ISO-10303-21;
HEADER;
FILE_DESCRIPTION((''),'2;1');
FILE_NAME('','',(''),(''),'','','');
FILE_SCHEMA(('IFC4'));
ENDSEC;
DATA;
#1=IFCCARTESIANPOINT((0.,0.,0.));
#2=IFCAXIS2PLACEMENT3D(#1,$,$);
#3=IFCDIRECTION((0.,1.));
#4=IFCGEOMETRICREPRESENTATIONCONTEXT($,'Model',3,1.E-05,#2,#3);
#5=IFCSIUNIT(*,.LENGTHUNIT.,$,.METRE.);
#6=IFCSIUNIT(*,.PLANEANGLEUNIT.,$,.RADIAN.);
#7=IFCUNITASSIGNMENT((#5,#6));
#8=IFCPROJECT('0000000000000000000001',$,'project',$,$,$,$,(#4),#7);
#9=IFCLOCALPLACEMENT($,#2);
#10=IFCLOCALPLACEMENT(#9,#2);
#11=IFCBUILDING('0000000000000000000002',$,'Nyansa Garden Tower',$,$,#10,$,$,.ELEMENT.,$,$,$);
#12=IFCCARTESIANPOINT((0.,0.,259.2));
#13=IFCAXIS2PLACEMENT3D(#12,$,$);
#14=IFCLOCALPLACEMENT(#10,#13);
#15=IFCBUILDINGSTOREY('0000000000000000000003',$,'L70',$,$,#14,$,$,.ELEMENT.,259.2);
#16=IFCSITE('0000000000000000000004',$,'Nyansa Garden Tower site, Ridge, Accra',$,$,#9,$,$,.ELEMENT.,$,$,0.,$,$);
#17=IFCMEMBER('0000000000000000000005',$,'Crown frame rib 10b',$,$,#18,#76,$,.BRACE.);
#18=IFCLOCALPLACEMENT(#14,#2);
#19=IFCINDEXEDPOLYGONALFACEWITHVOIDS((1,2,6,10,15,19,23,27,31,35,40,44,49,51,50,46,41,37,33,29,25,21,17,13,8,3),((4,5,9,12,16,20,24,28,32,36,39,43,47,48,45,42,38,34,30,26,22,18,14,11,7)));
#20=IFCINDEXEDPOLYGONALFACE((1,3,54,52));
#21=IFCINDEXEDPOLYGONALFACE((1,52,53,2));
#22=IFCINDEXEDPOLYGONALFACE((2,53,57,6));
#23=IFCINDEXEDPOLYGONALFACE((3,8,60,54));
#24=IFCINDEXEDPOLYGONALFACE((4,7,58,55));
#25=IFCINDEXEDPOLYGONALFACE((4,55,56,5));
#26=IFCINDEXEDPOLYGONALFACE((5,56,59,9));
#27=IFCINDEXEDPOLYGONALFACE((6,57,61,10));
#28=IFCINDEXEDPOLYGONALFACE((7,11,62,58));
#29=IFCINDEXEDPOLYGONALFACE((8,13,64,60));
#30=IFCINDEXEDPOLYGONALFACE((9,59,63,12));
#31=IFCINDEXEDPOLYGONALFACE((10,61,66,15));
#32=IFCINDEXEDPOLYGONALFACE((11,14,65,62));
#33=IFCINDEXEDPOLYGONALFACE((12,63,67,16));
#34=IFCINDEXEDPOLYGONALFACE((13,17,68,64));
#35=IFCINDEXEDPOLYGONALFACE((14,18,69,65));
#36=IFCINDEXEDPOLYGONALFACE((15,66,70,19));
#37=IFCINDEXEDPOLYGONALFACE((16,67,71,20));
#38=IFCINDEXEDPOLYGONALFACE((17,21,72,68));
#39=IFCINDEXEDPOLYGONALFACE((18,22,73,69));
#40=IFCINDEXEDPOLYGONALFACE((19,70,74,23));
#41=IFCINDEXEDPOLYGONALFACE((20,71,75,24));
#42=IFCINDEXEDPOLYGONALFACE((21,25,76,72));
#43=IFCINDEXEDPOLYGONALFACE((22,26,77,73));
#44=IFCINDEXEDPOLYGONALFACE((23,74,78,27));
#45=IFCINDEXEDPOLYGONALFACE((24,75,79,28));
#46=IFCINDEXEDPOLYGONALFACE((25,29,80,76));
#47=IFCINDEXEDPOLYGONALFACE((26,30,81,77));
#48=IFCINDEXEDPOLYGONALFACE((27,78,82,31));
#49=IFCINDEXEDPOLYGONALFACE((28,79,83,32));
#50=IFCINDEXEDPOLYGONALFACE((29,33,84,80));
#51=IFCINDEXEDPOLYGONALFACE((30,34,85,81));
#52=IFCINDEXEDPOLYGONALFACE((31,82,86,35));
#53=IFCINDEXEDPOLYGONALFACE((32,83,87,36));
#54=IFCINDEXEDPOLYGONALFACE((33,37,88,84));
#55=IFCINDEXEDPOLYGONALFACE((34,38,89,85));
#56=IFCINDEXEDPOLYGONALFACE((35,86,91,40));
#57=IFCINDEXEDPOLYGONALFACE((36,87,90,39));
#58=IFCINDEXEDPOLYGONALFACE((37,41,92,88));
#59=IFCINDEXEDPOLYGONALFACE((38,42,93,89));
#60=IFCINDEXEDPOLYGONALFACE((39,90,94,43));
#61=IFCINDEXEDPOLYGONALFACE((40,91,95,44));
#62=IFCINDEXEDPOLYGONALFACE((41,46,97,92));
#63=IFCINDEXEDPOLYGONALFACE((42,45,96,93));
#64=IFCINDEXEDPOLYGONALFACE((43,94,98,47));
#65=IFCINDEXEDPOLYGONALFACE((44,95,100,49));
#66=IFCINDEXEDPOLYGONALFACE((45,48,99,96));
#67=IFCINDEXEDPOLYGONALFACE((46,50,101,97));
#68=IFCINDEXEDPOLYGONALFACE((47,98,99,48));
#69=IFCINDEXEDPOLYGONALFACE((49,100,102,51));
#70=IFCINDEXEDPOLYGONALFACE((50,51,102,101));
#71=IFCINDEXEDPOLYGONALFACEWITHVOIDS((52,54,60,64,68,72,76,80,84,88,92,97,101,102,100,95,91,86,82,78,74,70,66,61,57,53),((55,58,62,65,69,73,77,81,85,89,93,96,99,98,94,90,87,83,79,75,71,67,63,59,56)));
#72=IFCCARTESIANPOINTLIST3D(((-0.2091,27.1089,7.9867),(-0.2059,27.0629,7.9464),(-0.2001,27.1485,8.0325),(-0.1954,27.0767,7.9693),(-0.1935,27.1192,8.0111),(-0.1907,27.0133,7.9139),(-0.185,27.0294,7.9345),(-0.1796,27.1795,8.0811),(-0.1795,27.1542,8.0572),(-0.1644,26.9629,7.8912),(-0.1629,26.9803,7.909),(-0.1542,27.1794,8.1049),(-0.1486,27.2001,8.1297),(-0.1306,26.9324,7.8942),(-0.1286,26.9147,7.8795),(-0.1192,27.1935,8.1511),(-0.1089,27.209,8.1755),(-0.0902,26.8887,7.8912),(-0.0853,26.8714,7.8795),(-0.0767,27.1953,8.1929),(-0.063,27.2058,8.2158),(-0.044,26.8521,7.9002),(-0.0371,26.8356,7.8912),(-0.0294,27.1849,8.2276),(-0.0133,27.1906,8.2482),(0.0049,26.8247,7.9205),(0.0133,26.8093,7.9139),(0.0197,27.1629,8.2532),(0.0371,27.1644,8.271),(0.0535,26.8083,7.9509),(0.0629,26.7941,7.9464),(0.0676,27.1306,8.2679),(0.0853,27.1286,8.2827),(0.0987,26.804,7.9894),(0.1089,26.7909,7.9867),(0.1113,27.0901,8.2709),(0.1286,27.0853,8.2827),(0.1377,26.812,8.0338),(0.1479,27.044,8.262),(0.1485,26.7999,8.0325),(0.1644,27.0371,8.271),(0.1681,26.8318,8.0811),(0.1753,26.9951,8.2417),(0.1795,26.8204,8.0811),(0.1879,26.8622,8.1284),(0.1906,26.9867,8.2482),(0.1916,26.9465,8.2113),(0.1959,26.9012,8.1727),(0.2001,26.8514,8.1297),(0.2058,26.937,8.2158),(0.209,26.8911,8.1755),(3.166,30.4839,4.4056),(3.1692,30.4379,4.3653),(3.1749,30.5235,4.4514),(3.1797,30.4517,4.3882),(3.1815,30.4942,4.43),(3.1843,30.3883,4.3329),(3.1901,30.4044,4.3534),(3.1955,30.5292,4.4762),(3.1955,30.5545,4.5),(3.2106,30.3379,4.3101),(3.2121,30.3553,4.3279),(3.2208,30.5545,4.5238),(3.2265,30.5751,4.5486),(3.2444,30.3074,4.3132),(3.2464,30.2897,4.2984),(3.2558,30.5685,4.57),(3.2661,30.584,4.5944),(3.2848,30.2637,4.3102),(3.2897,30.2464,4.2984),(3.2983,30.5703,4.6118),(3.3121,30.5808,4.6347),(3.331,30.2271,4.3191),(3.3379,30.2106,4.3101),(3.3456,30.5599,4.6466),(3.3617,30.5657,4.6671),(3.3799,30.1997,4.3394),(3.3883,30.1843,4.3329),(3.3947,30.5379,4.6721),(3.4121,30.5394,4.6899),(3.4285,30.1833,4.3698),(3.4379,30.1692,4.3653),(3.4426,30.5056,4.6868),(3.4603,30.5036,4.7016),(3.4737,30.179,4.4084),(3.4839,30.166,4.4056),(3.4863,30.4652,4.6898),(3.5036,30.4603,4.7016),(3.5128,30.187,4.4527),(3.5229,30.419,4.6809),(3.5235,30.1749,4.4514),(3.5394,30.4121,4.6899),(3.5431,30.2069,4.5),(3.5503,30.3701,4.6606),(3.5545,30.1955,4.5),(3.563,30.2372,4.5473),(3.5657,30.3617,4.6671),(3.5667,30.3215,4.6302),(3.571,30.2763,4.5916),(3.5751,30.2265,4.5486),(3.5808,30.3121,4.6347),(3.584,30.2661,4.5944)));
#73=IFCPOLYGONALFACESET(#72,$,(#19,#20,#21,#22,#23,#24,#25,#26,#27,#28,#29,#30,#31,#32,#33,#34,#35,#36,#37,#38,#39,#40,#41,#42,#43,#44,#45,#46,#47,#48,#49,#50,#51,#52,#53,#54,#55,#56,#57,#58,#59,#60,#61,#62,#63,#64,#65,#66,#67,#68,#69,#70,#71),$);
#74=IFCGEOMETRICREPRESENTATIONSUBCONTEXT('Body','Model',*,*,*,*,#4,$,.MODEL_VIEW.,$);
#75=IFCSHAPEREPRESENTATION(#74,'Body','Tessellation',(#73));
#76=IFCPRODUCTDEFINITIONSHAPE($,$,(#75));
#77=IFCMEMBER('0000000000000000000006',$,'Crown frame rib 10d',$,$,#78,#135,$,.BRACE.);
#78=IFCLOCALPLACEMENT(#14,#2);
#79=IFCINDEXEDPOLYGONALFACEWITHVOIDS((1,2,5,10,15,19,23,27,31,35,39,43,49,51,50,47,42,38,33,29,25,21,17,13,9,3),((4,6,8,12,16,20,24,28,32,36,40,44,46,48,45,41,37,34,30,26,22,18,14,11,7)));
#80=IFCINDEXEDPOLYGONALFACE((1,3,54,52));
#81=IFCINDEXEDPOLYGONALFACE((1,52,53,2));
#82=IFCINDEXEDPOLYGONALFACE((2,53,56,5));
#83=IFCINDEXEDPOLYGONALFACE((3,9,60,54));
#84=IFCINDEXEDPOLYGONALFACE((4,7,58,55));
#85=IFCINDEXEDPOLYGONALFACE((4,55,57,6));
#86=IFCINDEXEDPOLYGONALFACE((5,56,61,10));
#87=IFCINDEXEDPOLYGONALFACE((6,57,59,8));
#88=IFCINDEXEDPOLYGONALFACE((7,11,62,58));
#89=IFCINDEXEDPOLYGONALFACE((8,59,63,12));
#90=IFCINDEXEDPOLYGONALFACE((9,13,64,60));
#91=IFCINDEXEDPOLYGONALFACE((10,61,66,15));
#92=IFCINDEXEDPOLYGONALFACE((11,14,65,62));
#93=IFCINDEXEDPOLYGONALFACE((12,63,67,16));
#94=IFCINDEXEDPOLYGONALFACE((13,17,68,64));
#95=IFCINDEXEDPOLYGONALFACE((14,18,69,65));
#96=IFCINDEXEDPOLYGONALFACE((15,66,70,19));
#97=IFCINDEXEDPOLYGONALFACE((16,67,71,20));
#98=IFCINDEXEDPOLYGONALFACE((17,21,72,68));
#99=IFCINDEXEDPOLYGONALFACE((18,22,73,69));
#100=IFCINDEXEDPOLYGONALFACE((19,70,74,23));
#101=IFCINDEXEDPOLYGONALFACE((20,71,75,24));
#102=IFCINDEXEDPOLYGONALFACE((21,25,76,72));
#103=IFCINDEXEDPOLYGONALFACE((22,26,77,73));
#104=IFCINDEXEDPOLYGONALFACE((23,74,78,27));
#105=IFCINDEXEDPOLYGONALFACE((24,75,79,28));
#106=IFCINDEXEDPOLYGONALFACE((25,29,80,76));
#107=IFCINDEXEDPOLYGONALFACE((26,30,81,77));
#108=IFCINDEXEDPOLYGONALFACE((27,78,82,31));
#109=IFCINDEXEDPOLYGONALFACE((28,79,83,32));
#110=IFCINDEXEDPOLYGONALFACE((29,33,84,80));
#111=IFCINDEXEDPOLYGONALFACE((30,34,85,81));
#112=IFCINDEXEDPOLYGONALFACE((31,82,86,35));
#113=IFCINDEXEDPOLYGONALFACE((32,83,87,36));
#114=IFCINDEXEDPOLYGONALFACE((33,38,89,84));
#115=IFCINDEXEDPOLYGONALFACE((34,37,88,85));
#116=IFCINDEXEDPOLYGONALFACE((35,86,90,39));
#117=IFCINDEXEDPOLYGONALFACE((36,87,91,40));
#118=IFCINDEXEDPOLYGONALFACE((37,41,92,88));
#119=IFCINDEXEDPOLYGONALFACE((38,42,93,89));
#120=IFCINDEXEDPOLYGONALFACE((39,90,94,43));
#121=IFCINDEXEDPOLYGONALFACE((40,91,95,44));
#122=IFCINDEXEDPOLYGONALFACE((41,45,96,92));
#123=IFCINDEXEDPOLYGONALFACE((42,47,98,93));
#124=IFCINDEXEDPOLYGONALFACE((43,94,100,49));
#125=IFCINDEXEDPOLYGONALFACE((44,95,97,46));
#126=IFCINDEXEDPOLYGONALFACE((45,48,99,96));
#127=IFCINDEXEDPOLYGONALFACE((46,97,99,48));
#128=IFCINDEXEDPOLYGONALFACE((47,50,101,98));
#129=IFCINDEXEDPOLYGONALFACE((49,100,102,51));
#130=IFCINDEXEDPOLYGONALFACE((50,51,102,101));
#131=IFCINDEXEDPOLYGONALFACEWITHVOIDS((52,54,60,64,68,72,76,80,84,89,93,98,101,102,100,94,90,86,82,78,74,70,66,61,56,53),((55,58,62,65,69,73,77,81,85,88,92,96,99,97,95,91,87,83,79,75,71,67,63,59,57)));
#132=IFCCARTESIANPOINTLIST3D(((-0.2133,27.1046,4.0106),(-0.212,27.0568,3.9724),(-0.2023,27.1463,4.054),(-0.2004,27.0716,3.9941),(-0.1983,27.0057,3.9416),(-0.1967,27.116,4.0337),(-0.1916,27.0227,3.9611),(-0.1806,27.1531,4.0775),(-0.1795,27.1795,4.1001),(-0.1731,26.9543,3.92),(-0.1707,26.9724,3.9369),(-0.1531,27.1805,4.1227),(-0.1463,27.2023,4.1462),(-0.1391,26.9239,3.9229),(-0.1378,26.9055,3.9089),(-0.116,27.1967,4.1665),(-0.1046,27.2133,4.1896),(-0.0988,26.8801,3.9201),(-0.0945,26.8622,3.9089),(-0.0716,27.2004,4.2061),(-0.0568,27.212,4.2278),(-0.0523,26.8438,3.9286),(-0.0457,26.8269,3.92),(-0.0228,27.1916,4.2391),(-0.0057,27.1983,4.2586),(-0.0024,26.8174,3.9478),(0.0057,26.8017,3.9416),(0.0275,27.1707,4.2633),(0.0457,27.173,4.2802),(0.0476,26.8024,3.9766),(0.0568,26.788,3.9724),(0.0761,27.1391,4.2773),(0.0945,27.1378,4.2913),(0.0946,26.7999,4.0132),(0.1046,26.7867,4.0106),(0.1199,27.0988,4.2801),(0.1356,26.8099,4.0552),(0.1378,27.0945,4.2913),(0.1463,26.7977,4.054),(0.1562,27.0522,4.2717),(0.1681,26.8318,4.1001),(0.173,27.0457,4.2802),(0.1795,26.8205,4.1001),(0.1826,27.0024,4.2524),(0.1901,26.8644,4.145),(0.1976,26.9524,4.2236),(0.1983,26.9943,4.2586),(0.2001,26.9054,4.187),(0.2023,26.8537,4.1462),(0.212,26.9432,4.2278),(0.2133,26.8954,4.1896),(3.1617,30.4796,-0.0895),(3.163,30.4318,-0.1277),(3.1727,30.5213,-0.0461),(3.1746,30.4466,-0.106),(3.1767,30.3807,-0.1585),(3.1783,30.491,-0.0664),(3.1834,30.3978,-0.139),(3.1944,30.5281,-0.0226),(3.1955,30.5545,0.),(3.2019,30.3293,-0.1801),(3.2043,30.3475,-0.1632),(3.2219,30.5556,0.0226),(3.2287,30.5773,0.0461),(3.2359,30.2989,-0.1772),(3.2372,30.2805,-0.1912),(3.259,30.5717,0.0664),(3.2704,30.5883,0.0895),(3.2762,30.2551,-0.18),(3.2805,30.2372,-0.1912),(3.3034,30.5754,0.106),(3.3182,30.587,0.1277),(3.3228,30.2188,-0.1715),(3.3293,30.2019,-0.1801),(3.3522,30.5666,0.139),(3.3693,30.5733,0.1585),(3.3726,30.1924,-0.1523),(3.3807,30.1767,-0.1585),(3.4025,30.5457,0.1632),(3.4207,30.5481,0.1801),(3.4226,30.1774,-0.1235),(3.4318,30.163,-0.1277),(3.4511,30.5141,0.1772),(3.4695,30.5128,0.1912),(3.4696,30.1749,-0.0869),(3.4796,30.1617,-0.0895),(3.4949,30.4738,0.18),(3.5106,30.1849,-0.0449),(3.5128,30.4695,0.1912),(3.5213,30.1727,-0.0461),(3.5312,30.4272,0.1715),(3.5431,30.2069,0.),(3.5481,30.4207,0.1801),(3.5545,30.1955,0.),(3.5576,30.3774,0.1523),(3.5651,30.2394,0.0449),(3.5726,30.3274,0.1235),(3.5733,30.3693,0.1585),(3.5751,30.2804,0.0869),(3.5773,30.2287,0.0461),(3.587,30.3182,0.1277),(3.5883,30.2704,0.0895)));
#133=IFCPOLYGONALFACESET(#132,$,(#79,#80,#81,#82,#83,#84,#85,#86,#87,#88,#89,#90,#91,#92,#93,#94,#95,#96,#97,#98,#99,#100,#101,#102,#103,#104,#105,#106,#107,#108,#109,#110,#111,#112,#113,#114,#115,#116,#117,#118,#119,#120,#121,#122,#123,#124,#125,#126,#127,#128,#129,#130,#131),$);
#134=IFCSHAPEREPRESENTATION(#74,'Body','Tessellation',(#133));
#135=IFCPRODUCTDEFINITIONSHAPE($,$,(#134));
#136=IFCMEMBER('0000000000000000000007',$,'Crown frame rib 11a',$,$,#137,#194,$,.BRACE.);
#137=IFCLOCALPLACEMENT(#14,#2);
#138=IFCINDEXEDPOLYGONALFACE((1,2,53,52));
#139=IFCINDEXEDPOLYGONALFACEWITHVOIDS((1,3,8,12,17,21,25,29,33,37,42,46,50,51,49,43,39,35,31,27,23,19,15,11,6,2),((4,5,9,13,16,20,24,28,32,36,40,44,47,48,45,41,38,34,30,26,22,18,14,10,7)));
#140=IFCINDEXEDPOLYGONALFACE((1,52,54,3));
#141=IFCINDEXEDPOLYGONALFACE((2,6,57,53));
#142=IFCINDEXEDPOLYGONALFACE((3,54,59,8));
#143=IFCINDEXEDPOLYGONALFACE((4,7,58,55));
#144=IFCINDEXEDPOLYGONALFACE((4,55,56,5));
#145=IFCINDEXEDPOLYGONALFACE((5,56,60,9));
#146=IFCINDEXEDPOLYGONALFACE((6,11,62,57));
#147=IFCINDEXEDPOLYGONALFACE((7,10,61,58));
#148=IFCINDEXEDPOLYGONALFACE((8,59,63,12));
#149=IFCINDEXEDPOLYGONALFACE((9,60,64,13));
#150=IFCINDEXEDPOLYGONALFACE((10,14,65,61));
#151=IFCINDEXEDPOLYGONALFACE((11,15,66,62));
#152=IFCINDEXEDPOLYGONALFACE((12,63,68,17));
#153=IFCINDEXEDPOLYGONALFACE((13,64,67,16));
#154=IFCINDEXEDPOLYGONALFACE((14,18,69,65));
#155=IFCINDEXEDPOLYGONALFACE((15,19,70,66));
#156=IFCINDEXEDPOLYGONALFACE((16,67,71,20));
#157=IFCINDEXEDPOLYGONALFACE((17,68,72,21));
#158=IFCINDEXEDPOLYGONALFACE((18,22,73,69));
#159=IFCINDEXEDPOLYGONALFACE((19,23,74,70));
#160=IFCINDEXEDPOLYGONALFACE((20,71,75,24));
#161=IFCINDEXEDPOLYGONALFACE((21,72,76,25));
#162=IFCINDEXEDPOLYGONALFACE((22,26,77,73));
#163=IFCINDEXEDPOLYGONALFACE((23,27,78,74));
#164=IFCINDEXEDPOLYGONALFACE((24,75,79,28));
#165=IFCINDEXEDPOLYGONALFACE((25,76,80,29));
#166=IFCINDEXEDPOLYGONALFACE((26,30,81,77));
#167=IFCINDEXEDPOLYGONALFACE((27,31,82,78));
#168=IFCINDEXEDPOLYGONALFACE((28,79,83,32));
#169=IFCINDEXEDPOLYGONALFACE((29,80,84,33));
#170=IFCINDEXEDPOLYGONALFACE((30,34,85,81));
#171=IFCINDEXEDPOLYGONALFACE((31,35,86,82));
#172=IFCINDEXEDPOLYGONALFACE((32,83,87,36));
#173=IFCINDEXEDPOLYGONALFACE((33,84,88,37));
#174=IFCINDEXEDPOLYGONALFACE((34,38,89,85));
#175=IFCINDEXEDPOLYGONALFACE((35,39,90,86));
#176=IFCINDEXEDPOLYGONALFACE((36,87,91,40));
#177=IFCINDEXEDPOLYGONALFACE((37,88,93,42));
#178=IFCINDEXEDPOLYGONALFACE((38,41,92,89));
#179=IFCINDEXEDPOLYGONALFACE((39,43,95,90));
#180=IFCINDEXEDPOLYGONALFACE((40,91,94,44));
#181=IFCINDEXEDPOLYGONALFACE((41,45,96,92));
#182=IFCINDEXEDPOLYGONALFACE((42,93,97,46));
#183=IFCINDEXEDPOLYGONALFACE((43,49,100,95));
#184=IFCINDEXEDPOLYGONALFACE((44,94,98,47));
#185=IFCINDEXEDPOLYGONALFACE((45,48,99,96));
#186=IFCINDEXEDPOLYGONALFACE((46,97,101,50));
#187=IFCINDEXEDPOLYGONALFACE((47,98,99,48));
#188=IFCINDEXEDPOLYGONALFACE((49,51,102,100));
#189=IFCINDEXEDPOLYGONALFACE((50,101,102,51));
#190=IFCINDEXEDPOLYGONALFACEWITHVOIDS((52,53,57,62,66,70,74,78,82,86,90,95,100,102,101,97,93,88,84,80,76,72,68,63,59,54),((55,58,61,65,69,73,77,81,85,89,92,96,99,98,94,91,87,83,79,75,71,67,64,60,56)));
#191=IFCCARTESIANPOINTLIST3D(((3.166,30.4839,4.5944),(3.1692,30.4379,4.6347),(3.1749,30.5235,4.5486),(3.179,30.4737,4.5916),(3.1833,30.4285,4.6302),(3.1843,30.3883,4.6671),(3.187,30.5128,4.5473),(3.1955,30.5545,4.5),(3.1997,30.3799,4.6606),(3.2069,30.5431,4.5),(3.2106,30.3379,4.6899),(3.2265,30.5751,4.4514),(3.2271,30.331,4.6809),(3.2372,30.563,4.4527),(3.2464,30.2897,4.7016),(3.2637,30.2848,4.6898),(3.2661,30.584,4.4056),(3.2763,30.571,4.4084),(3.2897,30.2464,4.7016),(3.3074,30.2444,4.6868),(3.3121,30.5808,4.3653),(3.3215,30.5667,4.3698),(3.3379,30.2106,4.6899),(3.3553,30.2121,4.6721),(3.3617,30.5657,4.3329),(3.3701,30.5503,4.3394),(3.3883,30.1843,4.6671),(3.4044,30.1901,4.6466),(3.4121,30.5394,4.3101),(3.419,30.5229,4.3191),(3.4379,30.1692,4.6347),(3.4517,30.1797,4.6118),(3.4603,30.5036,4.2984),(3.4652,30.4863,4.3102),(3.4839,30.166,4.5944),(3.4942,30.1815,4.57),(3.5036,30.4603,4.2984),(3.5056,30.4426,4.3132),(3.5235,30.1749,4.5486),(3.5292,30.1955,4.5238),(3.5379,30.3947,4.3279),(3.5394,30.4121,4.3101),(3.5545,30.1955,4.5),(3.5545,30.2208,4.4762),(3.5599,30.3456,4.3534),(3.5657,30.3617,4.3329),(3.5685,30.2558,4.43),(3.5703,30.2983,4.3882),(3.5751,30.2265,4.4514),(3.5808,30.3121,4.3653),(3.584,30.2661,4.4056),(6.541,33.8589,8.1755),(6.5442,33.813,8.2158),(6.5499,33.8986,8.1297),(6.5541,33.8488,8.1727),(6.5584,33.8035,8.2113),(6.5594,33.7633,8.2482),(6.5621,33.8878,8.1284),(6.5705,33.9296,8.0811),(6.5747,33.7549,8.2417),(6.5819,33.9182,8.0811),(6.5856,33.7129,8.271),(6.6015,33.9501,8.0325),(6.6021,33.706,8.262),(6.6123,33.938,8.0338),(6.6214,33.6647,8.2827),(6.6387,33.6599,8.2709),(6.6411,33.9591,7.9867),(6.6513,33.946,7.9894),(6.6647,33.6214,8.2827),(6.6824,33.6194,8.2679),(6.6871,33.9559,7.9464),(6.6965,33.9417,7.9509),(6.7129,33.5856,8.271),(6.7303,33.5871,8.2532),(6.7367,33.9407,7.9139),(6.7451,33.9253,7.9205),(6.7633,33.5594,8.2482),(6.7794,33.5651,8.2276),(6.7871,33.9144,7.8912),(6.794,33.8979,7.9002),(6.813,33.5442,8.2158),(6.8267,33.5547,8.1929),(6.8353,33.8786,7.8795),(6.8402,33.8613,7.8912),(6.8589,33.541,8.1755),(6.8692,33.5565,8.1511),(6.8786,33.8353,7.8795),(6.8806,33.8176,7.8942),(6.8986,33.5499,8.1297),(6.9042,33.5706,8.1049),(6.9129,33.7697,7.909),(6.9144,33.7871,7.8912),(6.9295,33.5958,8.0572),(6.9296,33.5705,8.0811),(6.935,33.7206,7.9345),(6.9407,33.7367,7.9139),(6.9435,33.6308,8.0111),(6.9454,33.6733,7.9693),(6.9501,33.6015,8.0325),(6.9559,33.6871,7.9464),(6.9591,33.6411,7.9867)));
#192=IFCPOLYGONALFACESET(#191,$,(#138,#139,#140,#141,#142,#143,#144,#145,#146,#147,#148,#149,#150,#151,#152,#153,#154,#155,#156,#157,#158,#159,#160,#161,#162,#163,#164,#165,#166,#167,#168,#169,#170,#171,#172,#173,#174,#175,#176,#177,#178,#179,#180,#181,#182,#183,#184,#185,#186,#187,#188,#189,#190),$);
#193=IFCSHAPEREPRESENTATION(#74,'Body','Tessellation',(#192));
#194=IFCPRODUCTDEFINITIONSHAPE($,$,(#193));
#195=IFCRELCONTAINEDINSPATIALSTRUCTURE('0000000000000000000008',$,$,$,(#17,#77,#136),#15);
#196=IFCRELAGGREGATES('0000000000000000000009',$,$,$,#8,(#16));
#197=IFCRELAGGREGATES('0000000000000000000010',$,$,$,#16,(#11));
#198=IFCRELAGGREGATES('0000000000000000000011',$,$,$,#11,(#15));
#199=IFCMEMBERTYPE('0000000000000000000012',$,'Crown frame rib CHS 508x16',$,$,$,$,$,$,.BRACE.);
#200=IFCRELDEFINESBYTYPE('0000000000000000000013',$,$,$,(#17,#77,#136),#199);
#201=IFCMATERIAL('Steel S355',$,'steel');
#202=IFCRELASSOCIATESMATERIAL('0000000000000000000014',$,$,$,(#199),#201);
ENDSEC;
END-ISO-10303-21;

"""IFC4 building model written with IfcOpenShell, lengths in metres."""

from ifc_helpers import new_model, si_unit, direction, frame, origin, origin_2d, place, context, subcontext, project, spatial, hollow_circle, extrude, material, material_profile, profile_set, type_object, element, save


model = new_model("IFC4")

# Units and contexts
model_context = context("Model", 3, precision=1e-05, world=origin(), true_north=direction((0.0, 1.0)))
body_context = subcontext(model_context, "Body", "Model", "MODEL_VIEW")
ifc_project = project(units=[si_unit("LENGTHUNIT", "METRE"), si_unit("PLANEANGLEUNIT", "RADIAN")], contexts=[model_context])

# Site, building, storey
site_placement = place(None, origin())
site = spatial("IfcSite", under=ifc_project, at=site_placement, Name="Nyansa Garden Tower site, Ridge, Accra", CompositionType="ELEMENT", RefElevation=0.0)
building_placement = place(site_placement, origin())
building = spatial("IfcBuilding", under=site, at=building_placement, Name="Nyansa Garden Tower", CompositionType="ELEMENT")
storey_placement = place(building_placement, frame((0.0, 0.0, 259.2)))
storey = spatial("IfcBuildingStorey", under=building, at=storey_placement, Name="L70", CompositionType="ELEMENT", Elevation=259.2)

# Members
ifc_material_1 = material(Name="Steel S355", Category="steel")
ifc_material_profile_1 = material_profile(ifc_material_1, hollow_circle(Radius=0.2539, WallThickness=0.0161, at=origin_2d()), Name="CHS 508x16")
ifc_profile_set_1 = profile_set([ifc_material_profile_1], Name="Steel S355")
member_type = type_object("IfcMemberType", Name="Crown frame rib CHS 508x16", PredefinedType="BRACE", material=ifc_profile_set_1)
member_1_placement = place(storey_placement, frame((3.375, 30.375, 4.5), z_axis=(-0.56561, -0.56561, 0.600142), x_axis=(0.707107, -0.707107, 0.0)))
element("IfcMember", 1, at=member_1_placement, inside=storey, type_object=member_type, Name="Crown frame rib 10b", PredefinedType="BRACE", context=body_context, shape_type="SweptSolid", body=[
    extrude(hollow_circle(Radius=0.2539, WallThickness=0.0161, at=origin_2d()), origin(), (0.0, 0.0, 1.0), 5.967),
])
member_2_placement = place(storey_placement, frame((3.375, 30.375, 0.0), z_axis=(-0.536377, -0.536377, 0.651614), x_axis=(0.707107, -0.707107, 0.0)))
element("IfcMember", 2, at=member_2_placement, inside=storey, type_object=member_type, Name="Crown frame rib 10d", PredefinedType="BRACE", context=body_context, shape_type="SweptSolid", body=[
    extrude(hollow_circle(Radius=0.2539, WallThickness=0.0161, at=origin_2d()), origin(), (0.0, 0.0, 1.0), 6.2922),
])
for number, where, z_axis, x_axis, name in (
    (3, (3.375, 30.375, 4.5), (0.56561, 0.56561, 0.600142), (-0.707107, 0.707107, 0.0), "Crown frame rib 11a"),
):
    element("IfcMember", number, at=place(storey_placement, frame(where, z_axis=z_axis, x_axis=x_axis)), inside=storey, type_object=member_type, Name=name, PredefinedType="BRACE", context=body_context, shape_type="SweptSolid", body=[
        extrude(hollow_circle(Radius=0.2539, WallThickness=0.0161, at=origin_2d()), origin(), (0.0, 0.0, 1.0), 5.967),
    ])

save(model, "model.ifc")
